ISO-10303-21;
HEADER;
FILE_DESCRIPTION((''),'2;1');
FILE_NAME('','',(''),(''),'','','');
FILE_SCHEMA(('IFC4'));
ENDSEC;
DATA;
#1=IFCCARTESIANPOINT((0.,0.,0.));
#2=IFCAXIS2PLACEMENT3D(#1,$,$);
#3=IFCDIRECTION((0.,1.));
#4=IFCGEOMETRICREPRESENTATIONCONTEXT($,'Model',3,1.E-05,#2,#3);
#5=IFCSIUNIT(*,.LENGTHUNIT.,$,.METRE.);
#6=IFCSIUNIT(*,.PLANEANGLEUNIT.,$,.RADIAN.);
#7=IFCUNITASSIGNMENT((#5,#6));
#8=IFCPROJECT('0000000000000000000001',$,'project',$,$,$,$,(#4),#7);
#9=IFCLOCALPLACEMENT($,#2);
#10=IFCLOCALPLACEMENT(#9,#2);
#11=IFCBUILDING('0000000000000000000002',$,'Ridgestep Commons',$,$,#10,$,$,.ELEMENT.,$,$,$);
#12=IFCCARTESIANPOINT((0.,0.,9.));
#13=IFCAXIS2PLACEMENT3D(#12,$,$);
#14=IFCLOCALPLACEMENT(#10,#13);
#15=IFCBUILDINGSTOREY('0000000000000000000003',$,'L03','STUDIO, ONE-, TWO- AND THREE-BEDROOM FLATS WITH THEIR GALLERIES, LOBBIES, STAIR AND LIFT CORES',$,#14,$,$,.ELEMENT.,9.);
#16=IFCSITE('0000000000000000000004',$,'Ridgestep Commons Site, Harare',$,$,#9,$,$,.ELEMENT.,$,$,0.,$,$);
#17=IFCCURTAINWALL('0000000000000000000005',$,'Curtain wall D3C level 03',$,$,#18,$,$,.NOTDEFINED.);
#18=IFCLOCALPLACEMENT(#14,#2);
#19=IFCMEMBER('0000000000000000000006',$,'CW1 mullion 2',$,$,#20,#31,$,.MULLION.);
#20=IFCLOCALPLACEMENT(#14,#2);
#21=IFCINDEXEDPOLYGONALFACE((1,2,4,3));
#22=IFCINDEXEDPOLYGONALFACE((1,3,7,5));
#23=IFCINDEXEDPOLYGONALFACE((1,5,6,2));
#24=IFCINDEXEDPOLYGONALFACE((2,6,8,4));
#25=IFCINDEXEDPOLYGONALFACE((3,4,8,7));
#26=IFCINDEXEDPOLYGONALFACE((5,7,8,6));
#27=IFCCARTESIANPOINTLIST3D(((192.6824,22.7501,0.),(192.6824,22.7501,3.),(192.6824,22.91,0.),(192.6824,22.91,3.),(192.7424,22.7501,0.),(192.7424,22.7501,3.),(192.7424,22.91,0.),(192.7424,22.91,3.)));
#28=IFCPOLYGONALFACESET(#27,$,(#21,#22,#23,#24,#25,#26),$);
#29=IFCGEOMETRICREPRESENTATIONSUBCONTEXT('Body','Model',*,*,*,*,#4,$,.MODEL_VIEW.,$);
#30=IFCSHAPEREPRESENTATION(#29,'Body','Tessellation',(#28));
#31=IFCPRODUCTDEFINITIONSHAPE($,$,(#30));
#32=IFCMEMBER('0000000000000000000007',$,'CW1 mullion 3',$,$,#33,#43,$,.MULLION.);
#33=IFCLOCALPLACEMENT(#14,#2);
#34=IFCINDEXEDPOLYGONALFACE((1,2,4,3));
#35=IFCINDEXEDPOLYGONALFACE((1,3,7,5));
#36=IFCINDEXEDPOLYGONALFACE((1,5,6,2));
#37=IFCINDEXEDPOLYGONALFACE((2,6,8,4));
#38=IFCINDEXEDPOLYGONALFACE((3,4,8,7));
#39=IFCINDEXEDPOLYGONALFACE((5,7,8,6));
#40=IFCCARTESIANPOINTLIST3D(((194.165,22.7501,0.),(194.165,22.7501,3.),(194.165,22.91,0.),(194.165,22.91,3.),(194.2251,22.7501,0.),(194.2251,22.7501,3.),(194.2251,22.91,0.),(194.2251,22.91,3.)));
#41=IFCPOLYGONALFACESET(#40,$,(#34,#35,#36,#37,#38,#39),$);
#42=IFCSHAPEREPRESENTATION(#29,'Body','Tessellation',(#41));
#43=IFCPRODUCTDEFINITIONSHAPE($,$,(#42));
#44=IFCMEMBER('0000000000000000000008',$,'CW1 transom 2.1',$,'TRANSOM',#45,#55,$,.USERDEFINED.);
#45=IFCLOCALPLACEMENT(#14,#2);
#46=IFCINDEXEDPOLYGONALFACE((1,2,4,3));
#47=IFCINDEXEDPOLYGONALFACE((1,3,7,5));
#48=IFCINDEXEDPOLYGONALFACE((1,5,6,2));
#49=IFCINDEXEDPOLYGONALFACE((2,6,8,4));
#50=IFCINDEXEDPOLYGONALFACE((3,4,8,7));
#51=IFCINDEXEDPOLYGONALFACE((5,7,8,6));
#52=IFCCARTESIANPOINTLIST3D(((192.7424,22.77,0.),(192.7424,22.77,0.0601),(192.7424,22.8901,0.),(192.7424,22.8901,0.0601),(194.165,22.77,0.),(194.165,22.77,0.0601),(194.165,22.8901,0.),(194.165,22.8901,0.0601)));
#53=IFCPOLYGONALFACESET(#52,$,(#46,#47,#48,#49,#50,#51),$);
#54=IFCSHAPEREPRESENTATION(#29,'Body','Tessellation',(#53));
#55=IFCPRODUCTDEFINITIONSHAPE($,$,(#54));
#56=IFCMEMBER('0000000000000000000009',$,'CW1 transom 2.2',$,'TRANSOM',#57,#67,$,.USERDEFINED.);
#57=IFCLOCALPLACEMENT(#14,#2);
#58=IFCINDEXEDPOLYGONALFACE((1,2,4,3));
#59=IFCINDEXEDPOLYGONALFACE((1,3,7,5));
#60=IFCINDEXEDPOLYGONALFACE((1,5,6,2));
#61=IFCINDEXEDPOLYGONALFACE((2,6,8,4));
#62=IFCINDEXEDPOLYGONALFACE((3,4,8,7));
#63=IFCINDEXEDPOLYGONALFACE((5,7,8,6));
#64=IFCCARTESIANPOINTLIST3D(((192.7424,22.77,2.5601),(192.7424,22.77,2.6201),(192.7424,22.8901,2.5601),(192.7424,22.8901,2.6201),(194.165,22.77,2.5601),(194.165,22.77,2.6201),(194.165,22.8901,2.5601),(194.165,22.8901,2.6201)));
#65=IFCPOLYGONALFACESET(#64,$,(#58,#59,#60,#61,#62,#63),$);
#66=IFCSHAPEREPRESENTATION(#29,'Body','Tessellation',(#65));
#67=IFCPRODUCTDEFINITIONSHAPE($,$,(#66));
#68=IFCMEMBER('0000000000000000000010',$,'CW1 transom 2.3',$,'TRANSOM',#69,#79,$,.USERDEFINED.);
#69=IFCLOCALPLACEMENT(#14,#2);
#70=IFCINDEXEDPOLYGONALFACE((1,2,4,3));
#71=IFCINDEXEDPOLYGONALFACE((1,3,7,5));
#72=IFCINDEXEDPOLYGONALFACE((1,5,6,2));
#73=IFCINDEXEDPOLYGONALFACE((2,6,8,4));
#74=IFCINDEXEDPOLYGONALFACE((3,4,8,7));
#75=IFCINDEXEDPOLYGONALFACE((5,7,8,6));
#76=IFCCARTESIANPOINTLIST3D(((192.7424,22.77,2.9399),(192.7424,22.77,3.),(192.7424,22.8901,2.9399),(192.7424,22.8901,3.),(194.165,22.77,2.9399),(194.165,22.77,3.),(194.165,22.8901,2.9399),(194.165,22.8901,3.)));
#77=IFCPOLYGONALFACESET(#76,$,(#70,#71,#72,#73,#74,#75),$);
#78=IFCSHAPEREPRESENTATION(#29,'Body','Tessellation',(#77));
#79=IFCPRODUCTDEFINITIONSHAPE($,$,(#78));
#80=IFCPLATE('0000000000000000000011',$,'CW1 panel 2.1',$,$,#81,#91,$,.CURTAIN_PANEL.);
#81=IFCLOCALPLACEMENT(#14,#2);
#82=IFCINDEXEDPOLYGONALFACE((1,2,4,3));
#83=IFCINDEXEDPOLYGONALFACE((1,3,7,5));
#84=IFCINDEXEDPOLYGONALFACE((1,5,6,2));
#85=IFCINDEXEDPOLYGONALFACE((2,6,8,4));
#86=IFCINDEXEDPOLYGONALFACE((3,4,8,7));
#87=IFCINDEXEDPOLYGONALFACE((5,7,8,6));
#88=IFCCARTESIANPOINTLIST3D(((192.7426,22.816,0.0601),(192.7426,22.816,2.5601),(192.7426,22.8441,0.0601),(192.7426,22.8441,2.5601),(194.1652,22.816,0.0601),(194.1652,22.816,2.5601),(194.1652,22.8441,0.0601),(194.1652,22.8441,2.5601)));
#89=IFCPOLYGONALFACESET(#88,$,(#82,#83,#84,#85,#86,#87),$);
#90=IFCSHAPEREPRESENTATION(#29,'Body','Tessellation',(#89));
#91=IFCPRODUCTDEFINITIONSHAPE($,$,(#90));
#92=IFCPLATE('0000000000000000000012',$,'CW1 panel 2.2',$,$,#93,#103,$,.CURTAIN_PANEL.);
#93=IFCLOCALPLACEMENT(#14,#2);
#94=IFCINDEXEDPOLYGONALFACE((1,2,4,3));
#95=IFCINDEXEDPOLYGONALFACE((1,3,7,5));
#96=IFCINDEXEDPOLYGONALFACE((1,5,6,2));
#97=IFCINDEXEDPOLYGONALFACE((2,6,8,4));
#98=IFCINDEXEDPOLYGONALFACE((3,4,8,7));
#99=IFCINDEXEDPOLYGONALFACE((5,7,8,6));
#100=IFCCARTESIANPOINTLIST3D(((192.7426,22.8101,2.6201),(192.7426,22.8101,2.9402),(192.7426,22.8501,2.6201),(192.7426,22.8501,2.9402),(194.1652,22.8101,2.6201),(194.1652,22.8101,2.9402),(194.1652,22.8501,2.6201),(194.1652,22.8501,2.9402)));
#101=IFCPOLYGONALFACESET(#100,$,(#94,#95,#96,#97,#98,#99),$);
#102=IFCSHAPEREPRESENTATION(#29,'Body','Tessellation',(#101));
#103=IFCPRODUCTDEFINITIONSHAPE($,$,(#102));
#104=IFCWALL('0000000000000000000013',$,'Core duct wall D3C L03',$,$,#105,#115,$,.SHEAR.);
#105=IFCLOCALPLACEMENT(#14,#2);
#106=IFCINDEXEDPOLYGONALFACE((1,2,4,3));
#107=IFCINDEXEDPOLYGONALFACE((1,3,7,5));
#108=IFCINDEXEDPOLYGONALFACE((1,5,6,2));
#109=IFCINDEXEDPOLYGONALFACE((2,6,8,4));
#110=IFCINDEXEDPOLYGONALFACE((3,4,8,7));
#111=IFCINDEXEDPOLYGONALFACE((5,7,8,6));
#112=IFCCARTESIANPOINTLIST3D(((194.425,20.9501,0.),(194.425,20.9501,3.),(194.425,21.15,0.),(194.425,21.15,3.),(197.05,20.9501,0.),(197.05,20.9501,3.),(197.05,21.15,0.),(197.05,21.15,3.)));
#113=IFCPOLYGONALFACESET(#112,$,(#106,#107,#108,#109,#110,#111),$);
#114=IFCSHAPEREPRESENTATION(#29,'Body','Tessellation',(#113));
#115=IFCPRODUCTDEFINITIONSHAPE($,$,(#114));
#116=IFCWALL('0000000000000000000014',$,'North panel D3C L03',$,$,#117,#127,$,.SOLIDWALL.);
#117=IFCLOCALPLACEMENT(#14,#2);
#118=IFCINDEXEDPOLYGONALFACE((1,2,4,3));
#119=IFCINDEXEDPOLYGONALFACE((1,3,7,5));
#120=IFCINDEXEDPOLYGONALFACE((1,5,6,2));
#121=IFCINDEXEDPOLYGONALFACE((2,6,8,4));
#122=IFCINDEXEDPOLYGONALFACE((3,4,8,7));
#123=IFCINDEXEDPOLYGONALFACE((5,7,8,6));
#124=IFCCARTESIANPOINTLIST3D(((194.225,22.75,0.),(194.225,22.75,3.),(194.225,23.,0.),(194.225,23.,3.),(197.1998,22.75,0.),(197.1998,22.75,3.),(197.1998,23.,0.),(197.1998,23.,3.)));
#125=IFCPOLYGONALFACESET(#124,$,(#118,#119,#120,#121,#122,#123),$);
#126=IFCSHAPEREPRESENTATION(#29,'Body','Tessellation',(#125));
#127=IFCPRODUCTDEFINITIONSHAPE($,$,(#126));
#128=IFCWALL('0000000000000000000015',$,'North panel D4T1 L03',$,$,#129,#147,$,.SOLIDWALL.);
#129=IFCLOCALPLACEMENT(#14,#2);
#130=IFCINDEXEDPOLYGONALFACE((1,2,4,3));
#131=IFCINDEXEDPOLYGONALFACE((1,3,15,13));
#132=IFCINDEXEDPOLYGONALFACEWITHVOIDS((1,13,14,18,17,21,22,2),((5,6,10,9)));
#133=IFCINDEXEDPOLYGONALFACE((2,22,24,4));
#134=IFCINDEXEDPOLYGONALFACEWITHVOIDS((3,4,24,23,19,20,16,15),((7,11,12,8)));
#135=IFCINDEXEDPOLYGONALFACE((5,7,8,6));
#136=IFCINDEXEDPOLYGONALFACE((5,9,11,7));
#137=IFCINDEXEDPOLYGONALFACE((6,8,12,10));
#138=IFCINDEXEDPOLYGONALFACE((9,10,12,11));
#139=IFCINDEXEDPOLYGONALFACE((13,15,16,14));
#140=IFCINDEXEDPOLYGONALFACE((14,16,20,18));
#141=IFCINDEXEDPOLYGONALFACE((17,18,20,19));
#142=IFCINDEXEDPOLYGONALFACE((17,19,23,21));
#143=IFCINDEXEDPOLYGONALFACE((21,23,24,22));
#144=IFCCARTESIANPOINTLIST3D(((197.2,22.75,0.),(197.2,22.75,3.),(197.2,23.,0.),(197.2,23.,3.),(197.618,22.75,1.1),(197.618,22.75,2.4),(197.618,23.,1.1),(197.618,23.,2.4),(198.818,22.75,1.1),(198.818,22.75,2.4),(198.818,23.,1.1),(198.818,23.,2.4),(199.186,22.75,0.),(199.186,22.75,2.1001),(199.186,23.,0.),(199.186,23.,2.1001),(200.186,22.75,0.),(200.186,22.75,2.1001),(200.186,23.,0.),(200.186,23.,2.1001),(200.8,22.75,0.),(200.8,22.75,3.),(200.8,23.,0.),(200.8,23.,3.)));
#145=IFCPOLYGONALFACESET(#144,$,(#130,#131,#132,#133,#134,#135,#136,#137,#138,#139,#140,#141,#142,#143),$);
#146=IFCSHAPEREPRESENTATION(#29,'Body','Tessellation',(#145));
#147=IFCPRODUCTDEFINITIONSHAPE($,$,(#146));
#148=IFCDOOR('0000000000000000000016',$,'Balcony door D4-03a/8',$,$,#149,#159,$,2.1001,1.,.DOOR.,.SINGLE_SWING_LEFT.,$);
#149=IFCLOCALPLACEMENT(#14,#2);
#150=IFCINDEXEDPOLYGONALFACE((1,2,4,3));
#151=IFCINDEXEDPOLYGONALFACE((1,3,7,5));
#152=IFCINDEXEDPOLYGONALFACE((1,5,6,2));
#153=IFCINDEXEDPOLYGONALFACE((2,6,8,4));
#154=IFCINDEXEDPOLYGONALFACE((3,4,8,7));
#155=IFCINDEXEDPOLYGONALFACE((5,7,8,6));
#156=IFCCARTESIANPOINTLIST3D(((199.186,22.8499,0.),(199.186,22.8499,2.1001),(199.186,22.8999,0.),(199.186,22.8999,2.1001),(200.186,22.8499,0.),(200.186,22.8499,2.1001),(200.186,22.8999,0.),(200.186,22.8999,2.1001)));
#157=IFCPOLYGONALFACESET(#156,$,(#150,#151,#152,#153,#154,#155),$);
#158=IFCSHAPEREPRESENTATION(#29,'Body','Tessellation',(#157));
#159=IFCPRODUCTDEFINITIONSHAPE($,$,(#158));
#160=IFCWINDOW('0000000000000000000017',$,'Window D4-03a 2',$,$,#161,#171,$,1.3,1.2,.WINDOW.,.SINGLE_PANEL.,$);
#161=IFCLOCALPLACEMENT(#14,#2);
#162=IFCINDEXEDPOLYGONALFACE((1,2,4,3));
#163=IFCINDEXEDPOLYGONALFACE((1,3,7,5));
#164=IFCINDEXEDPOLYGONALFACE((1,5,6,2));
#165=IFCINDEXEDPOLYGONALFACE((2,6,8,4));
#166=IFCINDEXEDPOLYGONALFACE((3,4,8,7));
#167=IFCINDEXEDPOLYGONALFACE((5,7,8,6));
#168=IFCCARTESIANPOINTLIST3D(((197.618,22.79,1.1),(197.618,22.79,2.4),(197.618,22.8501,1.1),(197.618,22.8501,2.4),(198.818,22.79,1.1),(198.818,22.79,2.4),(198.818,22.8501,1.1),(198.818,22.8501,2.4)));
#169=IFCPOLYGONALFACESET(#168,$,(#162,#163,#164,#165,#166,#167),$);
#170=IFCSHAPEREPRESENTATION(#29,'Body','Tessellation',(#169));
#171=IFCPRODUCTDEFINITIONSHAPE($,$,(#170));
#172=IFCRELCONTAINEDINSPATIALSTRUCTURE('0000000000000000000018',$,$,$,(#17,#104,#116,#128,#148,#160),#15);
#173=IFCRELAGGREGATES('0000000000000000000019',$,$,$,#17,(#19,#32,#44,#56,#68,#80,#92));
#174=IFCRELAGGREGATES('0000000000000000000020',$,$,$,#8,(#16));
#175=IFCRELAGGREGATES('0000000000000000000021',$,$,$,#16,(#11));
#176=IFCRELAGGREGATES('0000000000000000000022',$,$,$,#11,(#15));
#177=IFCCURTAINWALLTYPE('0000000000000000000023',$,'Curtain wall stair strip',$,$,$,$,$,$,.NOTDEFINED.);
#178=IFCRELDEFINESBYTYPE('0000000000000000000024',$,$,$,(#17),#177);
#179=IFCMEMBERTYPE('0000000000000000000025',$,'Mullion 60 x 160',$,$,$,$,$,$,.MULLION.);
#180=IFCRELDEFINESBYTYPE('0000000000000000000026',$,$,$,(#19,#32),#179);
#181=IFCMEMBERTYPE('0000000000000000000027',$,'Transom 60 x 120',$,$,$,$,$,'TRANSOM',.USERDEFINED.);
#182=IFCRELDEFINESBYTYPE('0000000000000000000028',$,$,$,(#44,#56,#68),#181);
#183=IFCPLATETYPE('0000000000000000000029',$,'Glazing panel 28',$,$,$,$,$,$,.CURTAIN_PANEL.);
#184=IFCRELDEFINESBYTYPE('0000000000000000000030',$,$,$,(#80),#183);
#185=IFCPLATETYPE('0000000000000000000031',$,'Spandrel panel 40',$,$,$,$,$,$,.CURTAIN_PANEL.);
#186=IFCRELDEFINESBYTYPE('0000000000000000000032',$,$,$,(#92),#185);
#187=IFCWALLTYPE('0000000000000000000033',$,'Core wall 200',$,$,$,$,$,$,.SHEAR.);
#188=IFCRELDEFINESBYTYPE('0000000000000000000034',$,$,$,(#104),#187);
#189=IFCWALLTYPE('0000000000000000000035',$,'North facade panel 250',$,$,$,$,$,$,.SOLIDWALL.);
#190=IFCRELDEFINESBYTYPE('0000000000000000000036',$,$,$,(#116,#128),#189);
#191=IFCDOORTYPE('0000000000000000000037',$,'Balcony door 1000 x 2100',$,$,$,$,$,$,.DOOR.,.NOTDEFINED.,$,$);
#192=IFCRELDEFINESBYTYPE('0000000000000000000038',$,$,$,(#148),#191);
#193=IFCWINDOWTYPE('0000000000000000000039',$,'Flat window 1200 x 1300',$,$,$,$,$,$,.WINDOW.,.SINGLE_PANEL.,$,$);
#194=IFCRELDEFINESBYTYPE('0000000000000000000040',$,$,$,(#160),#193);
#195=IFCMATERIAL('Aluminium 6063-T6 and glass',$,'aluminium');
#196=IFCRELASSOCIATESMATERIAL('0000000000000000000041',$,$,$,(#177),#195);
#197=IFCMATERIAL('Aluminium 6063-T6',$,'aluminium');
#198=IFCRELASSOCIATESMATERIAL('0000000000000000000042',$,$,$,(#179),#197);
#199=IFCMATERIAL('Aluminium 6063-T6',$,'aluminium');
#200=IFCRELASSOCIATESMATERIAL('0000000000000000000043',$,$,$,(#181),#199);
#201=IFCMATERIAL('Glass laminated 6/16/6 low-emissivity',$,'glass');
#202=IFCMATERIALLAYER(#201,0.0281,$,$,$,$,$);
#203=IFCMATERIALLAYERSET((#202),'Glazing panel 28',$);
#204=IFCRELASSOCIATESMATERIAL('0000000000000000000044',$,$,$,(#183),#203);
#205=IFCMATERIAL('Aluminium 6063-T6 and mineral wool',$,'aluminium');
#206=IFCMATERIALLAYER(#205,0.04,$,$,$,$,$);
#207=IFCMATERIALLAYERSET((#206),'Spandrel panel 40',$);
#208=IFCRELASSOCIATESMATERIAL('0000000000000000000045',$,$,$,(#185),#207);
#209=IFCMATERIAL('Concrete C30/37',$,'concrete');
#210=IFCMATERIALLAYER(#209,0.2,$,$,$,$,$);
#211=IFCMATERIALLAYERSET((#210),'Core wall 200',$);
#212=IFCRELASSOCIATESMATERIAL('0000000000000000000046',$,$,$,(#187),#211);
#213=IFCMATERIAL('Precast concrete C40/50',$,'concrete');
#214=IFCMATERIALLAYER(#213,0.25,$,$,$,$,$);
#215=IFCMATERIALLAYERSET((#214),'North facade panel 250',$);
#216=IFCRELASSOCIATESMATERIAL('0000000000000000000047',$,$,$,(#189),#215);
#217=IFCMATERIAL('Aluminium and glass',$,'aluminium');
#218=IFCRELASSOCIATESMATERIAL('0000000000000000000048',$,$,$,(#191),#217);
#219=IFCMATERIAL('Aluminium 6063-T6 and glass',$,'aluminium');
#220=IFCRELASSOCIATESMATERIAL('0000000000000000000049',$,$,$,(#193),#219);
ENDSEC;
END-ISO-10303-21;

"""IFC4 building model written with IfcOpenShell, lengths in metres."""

from ifc_helpers import new_model, si_unit, direction, frame, frame_2d, origin, origin_2d, place, context, subcontext, project, spatial, rectangle, extrude, material, layer, layer_set, material_profile, profile_set, type_object, element, fill, aggregate, save


model = new_model("IFC4")

# Units and contexts
model_context = context("Model", 3, precision=1e-05, world=origin(), true_north=direction((0.0, 1.0)))
body_context = subcontext(model_context, "Body", "Model", "MODEL_VIEW")
ifc_project = project(units=[si_unit("LENGTHUNIT", "METRE"), si_unit("PLANEANGLEUNIT", "RADIAN")], contexts=[model_context])

# Site, building, storey
site_placement = place(None, origin())
site = spatial("IfcSite", under=ifc_project, at=site_placement, Name="Ridgestep Commons Site, Harare", CompositionType="ELEMENT", RefElevation=0.0)
building_placement = place(site_placement, origin())
building = spatial("IfcBuilding", under=site, at=building_placement, Name="Ridgestep Commons", CompositionType="ELEMENT")
storey_placement = place(building_placement, frame((0.0, 0.0, 9.0)))
storey = spatial("IfcBuildingStorey", under=building, at=storey_placement, Name="L03", Description="STUDIO, ONE-, TWO- AND THREE-BEDROOM FLATS WITH THEIR GALLERIES, LOBBIES, STAIR AND LIFT CORES", CompositionType="ELEMENT", Elevation=9.0)

# Curtain wall, members, plates
ifc_material_1 = material(Name="Aluminium 6063-T6 and glass", Category="aluminium")
curtain_wall_type = type_object("IfcCurtainWallType", Name="Curtain wall stair strip", PredefinedType="NOTDEFINED", material=ifc_material_1)
curtain_wall_placement = place(storey_placement, origin())
curtain_wall = element("IfcCurtainWall", 1, at=curtain_wall_placement, inside=storey, type_object=curtain_wall_type, Name="Curtain wall D3C level 03", PredefinedType="NOTDEFINED")
ifc_material_2 = material(Name="Aluminium 6063-T6", Category="aluminium")
ifc_material_profile_1 = material_profile(ifc_material_2, rectangle(XDim=0.1599, YDim=0.0601, at=origin_2d()), Name="Mullion 60 x 160")
ifc_profile_set_1 = profile_set([ifc_material_profile_1], Name="Aluminium 6063-T6")
member_type_1 = type_object("IfcMemberType", Name="Mullion 60 x 160", PredefinedType="MULLION", material=ifc_profile_set_1)
member_1_placement = place(storey_placement, frame((192.7124, 22.8301, 0.0), z_axis=(0.0, 0.0, 1.0), x_axis=(0.0, 1.0, 0.0)))
member_1 = element("IfcMember", 2, at=member_1_placement, type_object=member_type_1, Name="CW1 mullion 2", PredefinedType="MULLION", context=body_context, shape_type="SweptSolid", body=[
    extrude(rectangle(XDim=0.1599, YDim=0.0601, at=origin_2d()), origin(), (0.0, 0.0, 1.0), 3.0),
])
member_2_placement = place(storey_placement, frame((194.1951, 22.8301, 0.0), z_axis=(0.0, 0.0, 1.0), x_axis=(0.0, 1.0, 0.0)))
member_2 = element("IfcMember", 3, at=member_2_placement, type_object=member_type_1, Name="CW1 mullion 3", PredefinedType="MULLION", context=body_context, shape_type="SweptSolid", body=[
    extrude(rectangle(XDim=0.1599, YDim=0.0601, at=origin_2d()), origin(), (0.0, 0.0, 1.0), 3.0),
])
ifc_material_3 = material(Name="Aluminium 6063-T6", Category="aluminium")
ifc_material_profile_2 = material_profile(ifc_material_3, rectangle(XDim=0.1201, YDim=0.0601, at=origin_2d()), Name="Transom 60 x 120")
ifc_profile_set_2 = profile_set([ifc_material_profile_2], Name="Aluminium 6063-T6")
member_type_2 = type_object("IfcMemberType", Name="Transom 60 x 120", ElementType="TRANSOM", PredefinedType="USERDEFINED", material=ifc_profile_set_2)
member_3_placement = place(storey_placement, frame((192.7424, 22.8301, 0.03), z_axis=(1.0, 0.0, 0.0), x_axis=(0.0, 1.0, 0.0)))
member_3 = element("IfcMember", 4, at=member_3_placement, type_object=member_type_2, Name="CW1 transom 2.1", ObjectType="TRANSOM", PredefinedType="USERDEFINED", context=body_context, shape_type="SweptSolid", body=[
    extrude(rectangle(XDim=0.1201, YDim=0.0601, at=origin_2d()), origin(), (0.0, 0.0, 1.0), 1.4226),
])
member_4_placement = place(storey_placement, frame((192.7424, 22.8301, 2.5901), z_axis=(1.0, 0.0, 0.0), x_axis=(0.0, 1.0, 0.0)))
member_4 = element("IfcMember", 5, at=member_4_placement, type_object=member_type_2, Name="CW1 transom 2.2", ObjectType="TRANSOM", PredefinedType="USERDEFINED", context=body_context, shape_type="SweptSolid", body=[
    extrude(rectangle(XDim=0.1201, YDim=0.0601, at=origin_2d()), origin(), (0.0, 0.0, 1.0), 1.4226),
])
member_5_placement = place(storey_placement, frame((192.7424, 22.8301, 2.97), z_axis=(1.0, 0.0, 0.0), x_axis=(0.0, 1.0, 0.0)))
member_5 = element("IfcMember", 6, at=member_5_placement, type_object=member_type_2, Name="CW1 transom 2.3", ObjectType="TRANSOM", PredefinedType="USERDEFINED", context=body_context, shape_type="SweptSolid", body=[
    extrude(rectangle(XDim=0.1201, YDim=0.0601, at=origin_2d()), origin(), (0.0, 0.0, 1.0), 1.4226),
])
ifc_material_4 = material(Name="Glass laminated 6/16/6 low-emissivity", Category="glass")
ifc_layer_1 = layer(ifc_material_4, 0.0281)
ifc_layer_set_1 = layer_set([ifc_layer_1], Name="Glazing panel 28")
plate_type_1 = type_object("IfcPlateType", Name="Glazing panel 28", PredefinedType="CURTAIN_PANEL", material=ifc_layer_set_1)
plate_1_placement = place(storey_placement, frame((193.4539, 22.8301, 0.0601), z_axis=(0.0, 0.0, 1.0), x_axis=(1.0, 0.0, 0.0)))
plate_1 = element("IfcPlate", 7, at=plate_1_placement, type_object=plate_type_1, Name="CW1 panel 2.1", PredefinedType="CURTAIN_PANEL", context=body_context, shape_type="SweptSolid", body=[
    extrude(rectangle(XDim=1.4226, YDim=0.0281, at=origin_2d()), origin(), (0.0, 0.0, 1.0), 2.5),
])
ifc_material_5 = material(Name="Aluminium 6063-T6 and mineral wool", Category="aluminium")
ifc_layer_2 = layer(ifc_material_5, 0.04)
ifc_layer_set_2 = layer_set([ifc_layer_2], Name="Spandrel panel 40")
plate_type_2 = type_object("IfcPlateType", Name="Spandrel panel 40", PredefinedType="CURTAIN_PANEL", material=ifc_layer_set_2)
plate_2_placement = place(storey_placement, frame((193.4539, 22.8301, 2.6201), z_axis=(0.0, 0.0, 1.0), x_axis=(1.0, 0.0, 0.0)))
plate_2 = element("IfcPlate", 8, at=plate_2_placement, type_object=plate_type_2, Name="CW1 panel 2.2", PredefinedType="CURTAIN_PANEL", context=body_context, shape_type="SweptSolid", body=[
    extrude(rectangle(XDim=1.4226, YDim=0.04, at=origin_2d()), origin(), (0.0, 0.0, 1.0), 0.3201),
])
aggregate(curtain_wall, [member_1, member_2, member_3, member_4, member_5, plate_1, plate_2])

# Walls
ifc_material_6 = material(Name="Concrete C30/37", Category="concrete")
ifc_layer_3 = layer(ifc_material_6, 0.2)
ifc_layer_set_3 = layer_set([ifc_layer_3], Name="Core wall 200")
wall_type_1 = type_object("IfcWallType", Name="Core wall 200", PredefinedType="SHEAR", material=ifc_layer_set_3)
wall_1_placement = place(storey_placement, frame((194.425, 21.05, 0.0), z_axis=(0.0, 0.0, 1.0), x_axis=(1.0, 0.0, 0.0)))
element("IfcWall", 9, at=wall_1_placement, inside=storey, type_object=wall_type_1, Name="Core duct wall D3C L03", PredefinedType="SHEAR", context=body_context, shape_type="SweptSolid", body=[
    extrude(rectangle(XDim=2.625, YDim=0.2, at=frame_2d((1.3125, 0.0))), origin(), (0.0, 0.0, 1.0), 3.0),
])
ifc_material_7 = material(Name="Precast concrete C40/50", Category="concrete")
ifc_layer_4 = layer(ifc_material_7, 0.25)
ifc_layer_set_4 = layer_set([ifc_layer_4], Name="North facade panel 250")
wall_type_2 = type_object("IfcWallType", Name="North facade panel 250", PredefinedType="SOLIDWALL", material=ifc_layer_set_4)
wall_2_placement = place(storey_placement, frame((194.2251, 22.875, 0.0), z_axis=(0.0, 0.0, 1.0), x_axis=(1.0, 0.0, 0.0)))
element("IfcWall", 10, at=wall_2_placement, inside=storey, type_object=wall_type_2, Name="North panel D3C L03", PredefinedType="SOLIDWALL", context=body_context, shape_type="SweptSolid", body=[
    extrude(rectangle(XDim=2.9749, YDim=0.25, at=frame_2d((1.4873, 0.0))), origin(), (0.0, 0.0, 1.0), 3.0),
])

# Wall, openings, door, window
wall_3_placement = place(storey_placement, frame((197.2, 22.875, 0.0), z_axis=(0.0, 0.0, 1.0), x_axis=(1.0, 0.0, 0.0)))
wall_3 = element("IfcWall", 11, at=wall_3_placement, inside=storey, type_object=wall_type_2, Name="North panel D4T1 L03", PredefinedType="SOLIDWALL", context=body_context, shape_type="SweptSolid", body=[
    extrude(rectangle(XDim=3.6001, YDim=0.25, at=frame_2d((1.8, 0.0))), origin(), (0.0, 0.0, 1.0), 3.0),
])
opening_1_placement = place(wall_3_placement, frame((0.418, 0.0, 1.1001)))
opening_1 = element("IfcOpeningElement", 12, at=opening_1_placement, cuts=wall_3, PredefinedType="OPENING", context=body_context, shape_type="SweptSolid", body=[
    extrude(rectangle(XDim=1.2, YDim=1.3, at=frame_2d((0.6001, 0.6499))), frame((0.0, 0.135, 0.0), z_axis=(0.0, -1.0, 0.0), x_axis=(1.0, 0.0, 0.0)), (0.0, 0.0, 1.0), 0.27),
])
opening_2_placement = place(wall_3_placement, frame((1.9861, 0.0, 0.0)))
opening_2 = element("IfcOpeningElement", 13, at=opening_2_placement, cuts=wall_3, PredefinedType="OPENING", context=body_context, shape_type="SweptSolid", body=[
    extrude(rectangle(XDim=1.0, YDim=2.1001, at=frame_2d((0.5, 1.05))), frame((0.0, 0.135, 0.0), z_axis=(0.0, -1.0, 0.0), x_axis=(1.0, 0.0, 0.0)), (0.0, 0.0, 1.0), 0.27),
])
ifc_material_8 = material(Name="Aluminium and glass", Category="aluminium")
door_type = type_object("IfcDoorType", Name="Balcony door 1000 x 2100", OperationType="NOTDEFINED", PredefinedType="DOOR", material=ifc_material_8)
door_placement = place(opening_2_placement, origin())
door = element("IfcDoor", 14, at=door_placement, inside=storey, type_object=door_type, Name="Balcony door D4-03a/8", OperationType="SINGLE_SWING_LEFT", OverallHeight=2.1001, OverallWidth=1.0, PredefinedType="DOOR", context=body_context, shape_type="SweptSolid", body=[
    extrude(rectangle(XDim=1.0, YDim=2.1001, at=frame_2d((0.5, 1.05))), frame((0.0, 0.0249, 0.0), z_axis=(0.0, -1.0, 0.0), x_axis=(1.0, 0.0, 0.0)), (0.0, 0.0, 1.0), 0.05),
])
fill(opening_2, door)
ifc_material_9 = material(Name="Aluminium 6063-T6 and glass", Category="aluminium")
window_type_1 = type_object("IfcWindowType", Name="Flat window 1200 x 1300", PartitioningType="SINGLE_PANEL", PredefinedType="WINDOW", material=ifc_material_9)
window_1_placement = place(opening_1_placement, origin())
window_1 = element("IfcWindow", 15, at=window_1_placement, inside=storey, type_object=window_type_1, Name="Window D4-03a 2", OverallHeight=1.3, OverallWidth=1.2, PartitioningType="SINGLE_PANEL", PredefinedType="WINDOW", context=body_context, shape_type="SweptSolid", body=[
    extrude(rectangle(XDim=1.2, YDim=1.3, at=frame_2d((0.6001, 0.6499))), frame((0.0, -0.0249, 0.0), z_axis=(0.0, -1.0, 0.0), x_axis=(1.0, 0.0, 0.0)), (0.0, 0.0, 1.0), 0.0601),
])
fill(opening_1, window_1)

save(model, "model.ifc")
